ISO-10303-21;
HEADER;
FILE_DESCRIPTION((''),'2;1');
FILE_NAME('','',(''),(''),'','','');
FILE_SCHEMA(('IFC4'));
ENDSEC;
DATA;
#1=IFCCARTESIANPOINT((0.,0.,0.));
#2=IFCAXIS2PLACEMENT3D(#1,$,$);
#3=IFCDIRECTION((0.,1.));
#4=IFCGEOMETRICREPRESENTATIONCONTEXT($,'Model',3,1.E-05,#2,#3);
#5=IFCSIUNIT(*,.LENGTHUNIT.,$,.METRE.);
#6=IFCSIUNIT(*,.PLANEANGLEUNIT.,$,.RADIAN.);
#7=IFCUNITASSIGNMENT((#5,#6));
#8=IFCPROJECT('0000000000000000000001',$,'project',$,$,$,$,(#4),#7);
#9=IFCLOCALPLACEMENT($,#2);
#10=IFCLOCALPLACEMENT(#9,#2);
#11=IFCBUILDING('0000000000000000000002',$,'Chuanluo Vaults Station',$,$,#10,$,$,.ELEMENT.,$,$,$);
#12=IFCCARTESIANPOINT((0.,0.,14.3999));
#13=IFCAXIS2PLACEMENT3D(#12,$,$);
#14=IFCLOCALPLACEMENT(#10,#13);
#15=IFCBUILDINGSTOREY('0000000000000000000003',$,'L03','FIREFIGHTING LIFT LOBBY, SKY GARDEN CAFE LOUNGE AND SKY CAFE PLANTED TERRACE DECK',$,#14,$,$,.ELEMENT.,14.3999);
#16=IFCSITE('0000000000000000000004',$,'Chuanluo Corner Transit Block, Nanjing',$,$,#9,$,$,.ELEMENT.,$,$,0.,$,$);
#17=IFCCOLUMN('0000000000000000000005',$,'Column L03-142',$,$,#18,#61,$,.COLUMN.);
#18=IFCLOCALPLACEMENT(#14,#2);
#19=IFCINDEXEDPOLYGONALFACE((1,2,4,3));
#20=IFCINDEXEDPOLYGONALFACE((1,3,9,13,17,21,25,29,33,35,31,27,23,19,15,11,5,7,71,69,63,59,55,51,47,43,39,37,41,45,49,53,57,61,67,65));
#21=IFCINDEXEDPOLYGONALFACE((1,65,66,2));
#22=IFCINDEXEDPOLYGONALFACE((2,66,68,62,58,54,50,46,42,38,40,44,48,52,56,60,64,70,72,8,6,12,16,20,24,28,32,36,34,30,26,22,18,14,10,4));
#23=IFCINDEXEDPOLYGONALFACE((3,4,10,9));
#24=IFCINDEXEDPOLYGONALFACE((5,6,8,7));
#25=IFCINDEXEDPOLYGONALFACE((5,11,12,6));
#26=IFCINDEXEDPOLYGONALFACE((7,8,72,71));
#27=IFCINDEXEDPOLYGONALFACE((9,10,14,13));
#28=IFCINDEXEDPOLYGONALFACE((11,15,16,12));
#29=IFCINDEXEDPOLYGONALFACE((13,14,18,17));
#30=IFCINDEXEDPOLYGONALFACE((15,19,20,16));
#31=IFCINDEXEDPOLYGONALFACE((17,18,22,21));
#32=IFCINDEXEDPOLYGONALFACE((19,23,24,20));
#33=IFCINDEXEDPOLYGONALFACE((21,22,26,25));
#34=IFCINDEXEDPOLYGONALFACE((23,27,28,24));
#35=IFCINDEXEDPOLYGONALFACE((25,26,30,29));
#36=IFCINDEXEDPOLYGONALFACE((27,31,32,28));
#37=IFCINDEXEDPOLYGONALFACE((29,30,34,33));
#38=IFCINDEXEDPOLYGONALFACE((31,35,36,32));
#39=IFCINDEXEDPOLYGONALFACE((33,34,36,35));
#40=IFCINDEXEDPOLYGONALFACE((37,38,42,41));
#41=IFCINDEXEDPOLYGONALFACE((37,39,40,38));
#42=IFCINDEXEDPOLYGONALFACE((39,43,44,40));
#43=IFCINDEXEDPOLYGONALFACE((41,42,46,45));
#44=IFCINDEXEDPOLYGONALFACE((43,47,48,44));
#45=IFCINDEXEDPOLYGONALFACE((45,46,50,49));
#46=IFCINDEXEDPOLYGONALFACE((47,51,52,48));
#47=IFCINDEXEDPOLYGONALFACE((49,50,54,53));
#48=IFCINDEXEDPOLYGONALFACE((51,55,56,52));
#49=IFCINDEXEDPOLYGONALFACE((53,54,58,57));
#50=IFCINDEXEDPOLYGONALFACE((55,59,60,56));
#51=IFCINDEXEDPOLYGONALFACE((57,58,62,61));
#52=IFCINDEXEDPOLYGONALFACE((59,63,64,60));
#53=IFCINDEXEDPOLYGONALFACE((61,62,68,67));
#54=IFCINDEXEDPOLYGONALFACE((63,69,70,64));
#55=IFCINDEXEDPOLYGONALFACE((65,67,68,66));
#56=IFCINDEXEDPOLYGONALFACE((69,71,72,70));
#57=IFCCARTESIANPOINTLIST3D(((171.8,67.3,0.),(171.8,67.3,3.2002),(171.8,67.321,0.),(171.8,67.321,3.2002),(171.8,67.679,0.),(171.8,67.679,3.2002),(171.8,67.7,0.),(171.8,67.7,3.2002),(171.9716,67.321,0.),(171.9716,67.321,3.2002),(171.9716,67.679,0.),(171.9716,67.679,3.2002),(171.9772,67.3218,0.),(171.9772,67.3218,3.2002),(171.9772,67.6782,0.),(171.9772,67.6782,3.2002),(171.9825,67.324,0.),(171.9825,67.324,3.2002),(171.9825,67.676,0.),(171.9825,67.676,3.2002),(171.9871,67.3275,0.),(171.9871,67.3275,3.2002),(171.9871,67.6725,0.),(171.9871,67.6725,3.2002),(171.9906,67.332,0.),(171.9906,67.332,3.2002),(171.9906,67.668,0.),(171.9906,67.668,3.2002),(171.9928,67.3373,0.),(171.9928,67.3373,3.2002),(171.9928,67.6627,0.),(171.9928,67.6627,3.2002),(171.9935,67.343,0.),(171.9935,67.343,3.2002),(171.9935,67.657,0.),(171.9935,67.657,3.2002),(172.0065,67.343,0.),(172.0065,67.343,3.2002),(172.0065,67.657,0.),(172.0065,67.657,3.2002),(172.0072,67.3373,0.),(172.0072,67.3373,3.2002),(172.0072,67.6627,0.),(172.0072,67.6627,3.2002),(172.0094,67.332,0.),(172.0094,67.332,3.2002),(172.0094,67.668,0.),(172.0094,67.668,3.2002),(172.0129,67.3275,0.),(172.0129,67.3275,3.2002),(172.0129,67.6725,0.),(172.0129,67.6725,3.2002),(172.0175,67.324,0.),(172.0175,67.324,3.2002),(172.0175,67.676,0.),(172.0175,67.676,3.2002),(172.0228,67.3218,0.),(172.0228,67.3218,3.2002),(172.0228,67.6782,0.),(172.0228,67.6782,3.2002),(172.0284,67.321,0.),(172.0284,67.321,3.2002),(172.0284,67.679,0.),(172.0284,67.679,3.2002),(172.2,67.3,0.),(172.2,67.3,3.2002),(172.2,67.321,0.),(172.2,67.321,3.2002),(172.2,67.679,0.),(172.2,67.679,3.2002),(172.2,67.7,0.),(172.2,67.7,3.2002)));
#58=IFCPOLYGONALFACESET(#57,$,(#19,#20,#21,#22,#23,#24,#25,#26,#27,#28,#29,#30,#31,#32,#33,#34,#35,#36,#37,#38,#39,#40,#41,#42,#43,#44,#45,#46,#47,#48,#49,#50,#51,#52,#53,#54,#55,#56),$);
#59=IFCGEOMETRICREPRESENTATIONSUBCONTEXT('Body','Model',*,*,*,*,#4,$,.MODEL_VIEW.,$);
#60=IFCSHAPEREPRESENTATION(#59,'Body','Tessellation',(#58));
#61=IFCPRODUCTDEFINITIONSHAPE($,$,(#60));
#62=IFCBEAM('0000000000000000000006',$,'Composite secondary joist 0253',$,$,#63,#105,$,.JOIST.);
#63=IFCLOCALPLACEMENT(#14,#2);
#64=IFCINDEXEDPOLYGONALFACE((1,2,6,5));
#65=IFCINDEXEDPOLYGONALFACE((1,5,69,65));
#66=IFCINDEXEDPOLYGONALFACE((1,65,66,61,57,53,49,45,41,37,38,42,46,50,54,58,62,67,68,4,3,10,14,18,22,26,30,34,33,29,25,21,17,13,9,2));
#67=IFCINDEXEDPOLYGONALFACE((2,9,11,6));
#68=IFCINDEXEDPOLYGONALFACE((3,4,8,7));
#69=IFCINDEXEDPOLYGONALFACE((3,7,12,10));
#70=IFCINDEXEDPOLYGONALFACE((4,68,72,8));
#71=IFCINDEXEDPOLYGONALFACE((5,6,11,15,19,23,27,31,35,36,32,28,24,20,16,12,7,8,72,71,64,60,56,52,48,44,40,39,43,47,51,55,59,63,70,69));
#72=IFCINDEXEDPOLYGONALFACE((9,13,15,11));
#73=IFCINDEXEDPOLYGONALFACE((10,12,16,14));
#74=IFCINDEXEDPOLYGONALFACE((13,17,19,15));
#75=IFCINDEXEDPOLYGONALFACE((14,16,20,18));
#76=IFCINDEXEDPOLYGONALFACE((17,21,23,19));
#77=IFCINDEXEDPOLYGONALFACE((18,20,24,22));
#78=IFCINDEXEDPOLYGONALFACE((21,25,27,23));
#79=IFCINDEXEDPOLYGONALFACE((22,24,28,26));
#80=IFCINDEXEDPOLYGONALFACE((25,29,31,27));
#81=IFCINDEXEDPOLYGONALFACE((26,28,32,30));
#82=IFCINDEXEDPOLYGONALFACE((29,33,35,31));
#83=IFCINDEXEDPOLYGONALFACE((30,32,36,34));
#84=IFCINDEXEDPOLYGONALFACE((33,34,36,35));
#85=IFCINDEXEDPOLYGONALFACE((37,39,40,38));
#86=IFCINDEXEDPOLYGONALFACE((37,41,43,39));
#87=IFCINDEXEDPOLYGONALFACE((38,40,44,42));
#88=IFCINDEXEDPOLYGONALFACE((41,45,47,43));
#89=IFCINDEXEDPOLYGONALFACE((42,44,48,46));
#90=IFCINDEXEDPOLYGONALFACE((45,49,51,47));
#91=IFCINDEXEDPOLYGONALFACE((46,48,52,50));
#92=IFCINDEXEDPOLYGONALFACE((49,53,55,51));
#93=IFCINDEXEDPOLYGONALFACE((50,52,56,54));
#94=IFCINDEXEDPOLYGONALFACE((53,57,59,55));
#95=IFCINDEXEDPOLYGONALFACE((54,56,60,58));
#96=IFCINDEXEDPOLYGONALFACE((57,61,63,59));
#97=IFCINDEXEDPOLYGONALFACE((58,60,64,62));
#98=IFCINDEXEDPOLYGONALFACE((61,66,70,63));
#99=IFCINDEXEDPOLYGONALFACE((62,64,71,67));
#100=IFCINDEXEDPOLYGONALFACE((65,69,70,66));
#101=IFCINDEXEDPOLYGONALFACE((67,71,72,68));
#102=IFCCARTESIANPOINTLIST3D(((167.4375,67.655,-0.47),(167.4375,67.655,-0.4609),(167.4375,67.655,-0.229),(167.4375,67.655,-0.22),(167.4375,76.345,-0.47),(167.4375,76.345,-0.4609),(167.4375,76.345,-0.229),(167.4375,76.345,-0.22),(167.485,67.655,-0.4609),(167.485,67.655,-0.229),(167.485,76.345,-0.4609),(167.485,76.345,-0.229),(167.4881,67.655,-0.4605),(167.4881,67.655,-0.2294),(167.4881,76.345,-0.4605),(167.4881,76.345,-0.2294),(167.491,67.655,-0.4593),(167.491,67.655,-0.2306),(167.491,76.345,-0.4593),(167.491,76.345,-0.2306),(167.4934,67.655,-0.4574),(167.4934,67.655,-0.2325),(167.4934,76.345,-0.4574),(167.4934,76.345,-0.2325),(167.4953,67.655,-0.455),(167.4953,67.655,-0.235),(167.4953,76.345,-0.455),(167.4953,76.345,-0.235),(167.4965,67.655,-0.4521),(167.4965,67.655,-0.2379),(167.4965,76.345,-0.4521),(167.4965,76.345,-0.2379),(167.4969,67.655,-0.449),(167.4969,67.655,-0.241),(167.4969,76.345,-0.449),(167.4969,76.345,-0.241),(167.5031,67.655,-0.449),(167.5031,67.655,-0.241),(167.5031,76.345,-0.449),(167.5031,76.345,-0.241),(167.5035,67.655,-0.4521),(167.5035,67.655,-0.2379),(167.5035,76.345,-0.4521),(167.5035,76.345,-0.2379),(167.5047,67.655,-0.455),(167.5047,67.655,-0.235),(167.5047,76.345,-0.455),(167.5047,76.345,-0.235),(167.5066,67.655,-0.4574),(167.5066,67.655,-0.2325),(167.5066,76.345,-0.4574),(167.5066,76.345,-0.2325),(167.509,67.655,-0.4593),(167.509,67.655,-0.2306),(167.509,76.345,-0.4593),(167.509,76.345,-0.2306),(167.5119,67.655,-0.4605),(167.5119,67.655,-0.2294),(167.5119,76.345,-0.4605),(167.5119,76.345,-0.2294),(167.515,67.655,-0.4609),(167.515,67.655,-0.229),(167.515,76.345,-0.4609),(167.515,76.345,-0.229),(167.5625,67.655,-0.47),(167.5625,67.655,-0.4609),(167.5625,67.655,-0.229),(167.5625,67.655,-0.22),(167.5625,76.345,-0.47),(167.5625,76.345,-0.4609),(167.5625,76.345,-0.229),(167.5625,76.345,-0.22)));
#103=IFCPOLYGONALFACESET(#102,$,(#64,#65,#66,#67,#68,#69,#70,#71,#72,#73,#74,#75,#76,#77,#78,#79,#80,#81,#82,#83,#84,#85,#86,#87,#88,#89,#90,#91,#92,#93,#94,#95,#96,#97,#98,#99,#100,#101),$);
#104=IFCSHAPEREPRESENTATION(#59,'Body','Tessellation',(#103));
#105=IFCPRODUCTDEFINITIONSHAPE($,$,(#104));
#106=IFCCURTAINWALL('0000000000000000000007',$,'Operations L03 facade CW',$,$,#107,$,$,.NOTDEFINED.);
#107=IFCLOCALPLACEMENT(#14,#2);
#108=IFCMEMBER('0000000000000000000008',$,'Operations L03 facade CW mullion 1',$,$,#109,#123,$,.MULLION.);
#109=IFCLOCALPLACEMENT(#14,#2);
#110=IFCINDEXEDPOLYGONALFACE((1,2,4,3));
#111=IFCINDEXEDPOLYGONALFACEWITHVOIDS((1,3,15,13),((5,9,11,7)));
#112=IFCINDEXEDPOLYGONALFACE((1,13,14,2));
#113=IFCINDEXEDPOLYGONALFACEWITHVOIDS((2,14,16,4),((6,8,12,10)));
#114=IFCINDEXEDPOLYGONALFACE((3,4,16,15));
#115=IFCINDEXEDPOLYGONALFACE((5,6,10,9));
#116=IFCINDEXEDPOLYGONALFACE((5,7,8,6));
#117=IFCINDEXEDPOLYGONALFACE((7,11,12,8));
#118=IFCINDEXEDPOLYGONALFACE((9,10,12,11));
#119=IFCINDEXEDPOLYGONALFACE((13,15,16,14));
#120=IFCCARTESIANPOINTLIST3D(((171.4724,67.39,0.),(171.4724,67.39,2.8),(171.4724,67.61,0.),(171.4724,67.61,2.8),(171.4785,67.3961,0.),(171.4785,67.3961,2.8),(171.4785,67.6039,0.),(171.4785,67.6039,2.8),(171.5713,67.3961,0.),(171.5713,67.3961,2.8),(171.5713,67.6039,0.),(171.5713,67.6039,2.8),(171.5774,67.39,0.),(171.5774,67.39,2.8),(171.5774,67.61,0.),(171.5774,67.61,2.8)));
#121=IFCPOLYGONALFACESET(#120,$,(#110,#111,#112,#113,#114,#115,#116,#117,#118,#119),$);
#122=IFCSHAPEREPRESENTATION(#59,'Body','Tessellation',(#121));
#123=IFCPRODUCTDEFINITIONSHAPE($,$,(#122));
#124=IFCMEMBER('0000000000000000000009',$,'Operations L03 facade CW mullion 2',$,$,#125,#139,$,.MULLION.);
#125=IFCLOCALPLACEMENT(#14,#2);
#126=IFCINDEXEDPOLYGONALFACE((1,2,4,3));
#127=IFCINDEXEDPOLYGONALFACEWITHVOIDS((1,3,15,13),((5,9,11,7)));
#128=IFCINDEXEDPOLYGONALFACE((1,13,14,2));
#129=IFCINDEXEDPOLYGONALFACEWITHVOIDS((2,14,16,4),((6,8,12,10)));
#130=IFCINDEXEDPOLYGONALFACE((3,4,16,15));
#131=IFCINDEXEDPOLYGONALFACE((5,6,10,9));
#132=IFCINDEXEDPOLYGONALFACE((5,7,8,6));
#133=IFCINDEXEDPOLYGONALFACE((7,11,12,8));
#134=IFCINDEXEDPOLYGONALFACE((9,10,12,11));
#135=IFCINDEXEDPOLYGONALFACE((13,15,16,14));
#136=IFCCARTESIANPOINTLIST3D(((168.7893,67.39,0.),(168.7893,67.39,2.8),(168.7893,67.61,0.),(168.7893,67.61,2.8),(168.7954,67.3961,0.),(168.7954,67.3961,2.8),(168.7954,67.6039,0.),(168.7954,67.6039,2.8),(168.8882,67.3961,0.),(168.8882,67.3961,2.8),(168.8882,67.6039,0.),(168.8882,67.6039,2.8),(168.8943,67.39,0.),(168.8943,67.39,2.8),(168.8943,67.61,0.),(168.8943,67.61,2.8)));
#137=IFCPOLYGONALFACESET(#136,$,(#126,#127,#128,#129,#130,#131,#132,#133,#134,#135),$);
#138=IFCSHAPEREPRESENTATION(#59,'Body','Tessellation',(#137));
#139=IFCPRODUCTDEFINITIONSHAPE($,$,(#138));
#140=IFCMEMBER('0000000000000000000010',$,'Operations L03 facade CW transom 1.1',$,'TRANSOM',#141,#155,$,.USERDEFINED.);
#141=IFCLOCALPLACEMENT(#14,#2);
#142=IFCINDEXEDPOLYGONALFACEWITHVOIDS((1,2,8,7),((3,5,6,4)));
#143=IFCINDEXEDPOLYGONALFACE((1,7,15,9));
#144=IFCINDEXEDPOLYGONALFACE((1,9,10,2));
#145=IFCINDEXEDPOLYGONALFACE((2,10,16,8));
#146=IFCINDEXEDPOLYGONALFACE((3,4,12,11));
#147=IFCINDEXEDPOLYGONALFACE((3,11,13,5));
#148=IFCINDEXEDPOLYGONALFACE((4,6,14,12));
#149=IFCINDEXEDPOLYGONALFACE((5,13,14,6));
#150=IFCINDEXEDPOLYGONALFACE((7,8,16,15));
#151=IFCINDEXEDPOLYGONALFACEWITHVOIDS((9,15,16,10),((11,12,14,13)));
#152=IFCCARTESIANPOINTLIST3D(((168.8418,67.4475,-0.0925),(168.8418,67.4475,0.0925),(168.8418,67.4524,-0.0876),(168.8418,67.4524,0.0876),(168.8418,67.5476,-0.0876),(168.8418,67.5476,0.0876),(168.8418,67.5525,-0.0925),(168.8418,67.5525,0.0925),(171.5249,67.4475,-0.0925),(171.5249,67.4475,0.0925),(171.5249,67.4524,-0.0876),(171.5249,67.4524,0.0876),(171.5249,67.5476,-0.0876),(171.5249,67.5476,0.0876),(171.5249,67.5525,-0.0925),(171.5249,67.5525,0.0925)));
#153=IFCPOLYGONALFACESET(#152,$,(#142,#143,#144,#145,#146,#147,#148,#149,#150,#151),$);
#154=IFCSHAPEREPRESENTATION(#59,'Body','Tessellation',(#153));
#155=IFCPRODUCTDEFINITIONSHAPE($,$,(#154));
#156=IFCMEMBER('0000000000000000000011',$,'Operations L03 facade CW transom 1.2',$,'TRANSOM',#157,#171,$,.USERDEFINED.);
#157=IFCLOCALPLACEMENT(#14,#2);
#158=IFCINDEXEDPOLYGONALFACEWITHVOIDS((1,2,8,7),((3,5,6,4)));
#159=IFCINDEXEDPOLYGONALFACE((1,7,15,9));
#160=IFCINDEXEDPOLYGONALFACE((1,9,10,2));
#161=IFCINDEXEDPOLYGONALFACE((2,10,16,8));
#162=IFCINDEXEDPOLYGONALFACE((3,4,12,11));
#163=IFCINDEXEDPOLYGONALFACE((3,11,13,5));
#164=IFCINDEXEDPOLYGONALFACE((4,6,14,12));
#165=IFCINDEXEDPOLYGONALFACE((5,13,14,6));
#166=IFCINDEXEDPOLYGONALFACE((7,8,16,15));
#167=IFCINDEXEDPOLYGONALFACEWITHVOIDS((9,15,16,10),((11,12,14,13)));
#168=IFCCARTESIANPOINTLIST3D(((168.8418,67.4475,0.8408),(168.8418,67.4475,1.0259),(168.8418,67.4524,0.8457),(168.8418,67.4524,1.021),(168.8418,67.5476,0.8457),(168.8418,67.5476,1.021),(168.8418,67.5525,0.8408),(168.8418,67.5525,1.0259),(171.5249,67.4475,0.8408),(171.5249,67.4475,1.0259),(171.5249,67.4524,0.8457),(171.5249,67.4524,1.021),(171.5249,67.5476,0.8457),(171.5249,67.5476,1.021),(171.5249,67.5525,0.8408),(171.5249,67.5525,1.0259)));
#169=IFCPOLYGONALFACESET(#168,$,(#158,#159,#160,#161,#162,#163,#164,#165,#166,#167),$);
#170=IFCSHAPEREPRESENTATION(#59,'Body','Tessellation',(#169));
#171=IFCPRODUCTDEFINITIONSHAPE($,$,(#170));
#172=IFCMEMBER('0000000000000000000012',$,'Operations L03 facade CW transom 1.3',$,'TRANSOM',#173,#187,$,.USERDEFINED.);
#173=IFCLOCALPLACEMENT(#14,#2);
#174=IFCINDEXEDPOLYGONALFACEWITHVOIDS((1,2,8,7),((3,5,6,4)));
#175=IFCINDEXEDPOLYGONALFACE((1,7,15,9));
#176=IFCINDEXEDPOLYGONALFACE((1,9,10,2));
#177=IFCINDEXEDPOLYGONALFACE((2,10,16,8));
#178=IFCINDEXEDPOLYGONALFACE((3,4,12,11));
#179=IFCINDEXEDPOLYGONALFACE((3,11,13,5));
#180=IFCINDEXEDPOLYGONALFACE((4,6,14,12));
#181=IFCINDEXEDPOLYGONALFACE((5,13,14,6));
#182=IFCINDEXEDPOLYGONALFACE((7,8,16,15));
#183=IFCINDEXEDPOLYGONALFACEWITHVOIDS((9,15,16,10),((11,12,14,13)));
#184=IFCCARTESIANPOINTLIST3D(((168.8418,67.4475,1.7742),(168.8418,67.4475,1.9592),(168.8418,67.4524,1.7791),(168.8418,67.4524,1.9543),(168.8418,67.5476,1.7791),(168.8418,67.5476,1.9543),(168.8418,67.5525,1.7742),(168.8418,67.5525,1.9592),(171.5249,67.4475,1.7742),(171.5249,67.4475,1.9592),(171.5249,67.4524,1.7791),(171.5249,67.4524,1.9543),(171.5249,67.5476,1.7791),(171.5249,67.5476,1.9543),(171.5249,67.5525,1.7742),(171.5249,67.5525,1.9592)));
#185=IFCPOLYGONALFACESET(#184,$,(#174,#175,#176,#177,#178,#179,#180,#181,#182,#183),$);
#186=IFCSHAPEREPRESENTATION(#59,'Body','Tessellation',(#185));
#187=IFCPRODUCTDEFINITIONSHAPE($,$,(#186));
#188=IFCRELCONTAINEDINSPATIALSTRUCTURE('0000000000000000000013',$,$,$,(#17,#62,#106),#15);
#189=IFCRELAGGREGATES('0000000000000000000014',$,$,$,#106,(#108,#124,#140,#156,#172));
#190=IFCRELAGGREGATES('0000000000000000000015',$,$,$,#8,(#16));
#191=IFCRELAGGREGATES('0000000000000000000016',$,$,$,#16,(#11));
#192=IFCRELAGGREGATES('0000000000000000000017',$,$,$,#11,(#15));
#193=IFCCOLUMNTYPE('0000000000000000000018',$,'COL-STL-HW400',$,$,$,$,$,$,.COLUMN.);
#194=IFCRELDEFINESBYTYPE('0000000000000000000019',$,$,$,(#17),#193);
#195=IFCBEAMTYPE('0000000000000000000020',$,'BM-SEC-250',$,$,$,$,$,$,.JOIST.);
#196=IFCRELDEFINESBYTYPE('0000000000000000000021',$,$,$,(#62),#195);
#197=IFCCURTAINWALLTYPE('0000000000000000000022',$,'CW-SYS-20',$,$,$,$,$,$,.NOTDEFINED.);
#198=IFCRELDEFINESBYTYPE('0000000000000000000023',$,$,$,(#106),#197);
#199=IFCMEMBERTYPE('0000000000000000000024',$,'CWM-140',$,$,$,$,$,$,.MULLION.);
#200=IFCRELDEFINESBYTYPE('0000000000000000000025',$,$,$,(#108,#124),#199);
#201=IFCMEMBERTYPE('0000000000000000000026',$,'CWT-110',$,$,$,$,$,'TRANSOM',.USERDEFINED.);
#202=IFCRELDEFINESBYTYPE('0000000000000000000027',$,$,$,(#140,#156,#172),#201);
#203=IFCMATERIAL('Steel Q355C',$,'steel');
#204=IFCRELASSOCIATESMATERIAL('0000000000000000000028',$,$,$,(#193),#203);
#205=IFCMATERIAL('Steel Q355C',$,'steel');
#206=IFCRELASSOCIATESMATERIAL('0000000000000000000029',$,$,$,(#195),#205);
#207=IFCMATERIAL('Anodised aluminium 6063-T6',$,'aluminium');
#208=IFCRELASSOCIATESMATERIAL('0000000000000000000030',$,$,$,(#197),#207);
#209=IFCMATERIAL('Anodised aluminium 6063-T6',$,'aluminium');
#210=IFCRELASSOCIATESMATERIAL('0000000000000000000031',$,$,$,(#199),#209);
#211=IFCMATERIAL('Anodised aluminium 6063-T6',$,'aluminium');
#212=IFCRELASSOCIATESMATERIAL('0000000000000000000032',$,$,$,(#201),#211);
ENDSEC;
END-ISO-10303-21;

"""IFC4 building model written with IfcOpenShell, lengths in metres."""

from ifc_helpers import new_model, si_unit, direction, frame, origin, origin_2d, place, context, subcontext, project, spatial, hollow_rectangle, i_section, extrude, material, material_profile, profile_set, type_object, element, aggregate, save


model = new_model("IFC4")

# Units and contexts
model_context = context("Model", 3, precision=1e-05, world=origin(), true_north=direction((0.0, 1.0)))
body_context = subcontext(model_context, "Body", "Model", "MODEL_VIEW")
ifc_project = project(units=[si_unit("LENGTHUNIT", "METRE"), si_unit("PLANEANGLEUNIT", "RADIAN")], contexts=[model_context])

# Site, building, storey
site_placement = place(None, origin())
site = spatial("IfcSite", under=ifc_project, at=site_placement, Name="Chuanluo Corner Transit Block, Nanjing", CompositionType="ELEMENT", RefElevation=0.0)
building_placement = place(site_placement, origin())
building = spatial("IfcBuilding", under=site, at=building_placement, Name="Chuanluo Vaults Station", CompositionType="ELEMENT")
storey_placement = place(building_placement, frame((0.0, 0.0, 14.3999)))
storey = spatial("IfcBuildingStorey", under=building, at=storey_placement, Name="L03", Description="FIREFIGHTING LIFT LOBBY, SKY GARDEN CAFE LOUNGE AND SKY CAFE PLANTED TERRACE DECK", CompositionType="ELEMENT", Elevation=14.3999)

# Column
ifc_material_1 = material(Name="Steel Q355C", Category="steel")
ifc_material_profile_1 = material_profile(ifc_material_1, i_section(OverallWidth=0.3999, OverallDepth=0.3999, WebThickness=0.0129, FlangeThickness=0.021, FilletRadius=0.022, at=origin_2d()))
ifc_profile_set_1 = profile_set([ifc_material_profile_1], Name="Steel Q355C")
column_type = type_object("IfcColumnType", Name="COL-STL-HW400", PredefinedType="COLUMN", material=ifc_profile_set_1)
column_placement = place(storey_placement, frame((172.0, 67.5, 0.0), z_axis=(0.0, 0.0, 1.0), x_axis=(1.0, 0.0, 0.0)))
element("IfcColumn", 1, at=column_placement, inside=storey, type_object=column_type, Name="Column L03-142", PredefinedType="COLUMN", context=body_context, shape_type="SweptSolid", body=[
    extrude(i_section(OverallWidth=0.3999, OverallDepth=0.3999, WebThickness=0.0129, FlangeThickness=0.021, FilletRadius=0.022, at=origin_2d()), origin(), (0.0, 0.0, 1.0), 3.2002),
])

# Beam
ifc_material_2 = material(Name="Steel Q355C", Category="steel")
ifc_material_profile_2 = material_profile(ifc_material_2, i_section(OverallWidth=0.125, OverallDepth=0.25, WebThickness=0.0061, FlangeThickness=0.009, FilletRadius=0.012, at=origin_2d()))
ifc_profile_set_2 = profile_set([ifc_material_profile_2], Name="Steel Q355C")
beam_type = type_object("IfcBeamType", Name="BM-SEC-250", PredefinedType="JOIST", material=ifc_profile_set_2)
beam_placement = place(storey_placement, frame((167.5, 67.655, -0.345), z_axis=(0.0, 1.0, 0.0), x_axis=(-1.0, 0.0, 0.0)))
element("IfcBeam", 2, at=beam_placement, inside=storey, type_object=beam_type, Name="Composite secondary joist 0253", PredefinedType="JOIST", context=body_context, shape_type="SweptSolid", body=[
    extrude(i_section(OverallWidth=0.125, OverallDepth=0.25, WebThickness=0.0061, FlangeThickness=0.009, FilletRadius=0.012, at=origin_2d()), origin(), (0.0, 0.0, 1.0), 8.6899),
])

# Curtain wall, members
ifc_material_3 = material(Name="Anodised aluminium 6063-T6", Category="aluminium")
curtain_wall_type = type_object("IfcCurtainWallType", Name="CW-SYS-20", PredefinedType="NOTDEFINED", material=ifc_material_3)
curtain_wall_placement = place(storey_placement, origin())
curtain_wall = element("IfcCurtainWall", 3, at=curtain_wall_placement, inside=storey, type_object=curtain_wall_type, Name="Operations L03 facade CW", PredefinedType="NOTDEFINED")
ifc_material_4 = material(Name="Anodised aluminium 6063-T6", Category="aluminium")
ifc_material_profile_3 = material_profile(ifc_material_4, hollow_rectangle(XDim=0.105, YDim=0.22, WallThickness=0.0061, at=origin_2d()))
ifc_profile_set_3 = profile_set([ifc_material_profile_3], Name="Anodised aluminium 6063-T6")
member_type_1 = type_object("IfcMemberType", Name="CWM-140", PredefinedType="MULLION", material=ifc_profile_set_3)
member_1_placement = place(storey_placement, frame((171.5249, 67.5, 0.0), z_axis=(0.0, 0.0, 1.0), x_axis=(-1.0, 0.0, 0.0)))
member_1 = element("IfcMember", 4, at=member_1_placement, type_object=member_type_1, Name="Operations L03 facade CW mullion 1", PredefinedType="MULLION", context=body_context, shape_type="SweptSolid", body=[
    extrude(hollow_rectangle(XDim=0.105, YDim=0.22, WallThickness=0.0061, at=origin_2d()), origin(), (0.0, 0.0, 1.0), 2.8),
])
member_2_placement = place(storey_placement, frame((168.8418, 67.5, 0.0), z_axis=(0.0, 0.0, 1.0), x_axis=(-1.0, 0.0, 0.0)))
member_2 = element("IfcMember", 5, at=member_2_placement, type_object=member_type_1, Name="Operations L03 facade CW mullion 2", PredefinedType="MULLION", context=body_context, shape_type="SweptSolid", body=[
    extrude(hollow_rectangle(XDim=0.105, YDim=0.22, WallThickness=0.0061, at=origin_2d()), origin(), (0.0, 0.0, 1.0), 2.8),
])
ifc_material_5 = material(Name="Anodised aluminium 6063-T6", Category="aluminium")
ifc_material_profile_4 = material_profile(ifc_material_5, hollow_rectangle(XDim=0.105, YDim=0.1851, WallThickness=0.0049, at=origin_2d()))
ifc_profile_set_4 = profile_set([ifc_material_profile_4], Name="Anodised aluminium 6063-T6")
member_type_2 = type_object("IfcMemberType", Name="CWT-110", ElementType="TRANSOM", PredefinedType="USERDEFINED", material=ifc_profile_set_4)
member_3_placement = place(storey_placement, frame((171.5249, 67.5, 0.0), z_axis=(-1.0, 0.0, 0.0), x_axis=(0.0, -1.0, 0.0)))
member_3 = element("IfcMember", 6, at=member_3_placement, type_object=member_type_2, Name="Operations L03 facade CW transom 1.1", ObjectType="TRANSOM", PredefinedType="USERDEFINED", context=body_context, shape_type="SweptSolid", body=[
    extrude(hollow_rectangle(XDim=0.105, YDim=0.1851, WallThickness=0.0049, at=origin_2d()), origin(), (0.0, 0.0, 1.0), 2.6831),
])
member_4_placement = place(storey_placement, frame((171.5249, 67.5, 0.9333), z_axis=(-1.0, 0.0, 0.0), x_axis=(0.0, -1.0, 0.0)))
member_4 = element("IfcMember", 7, at=member_4_placement, type_object=member_type_2, Name="Operations L03 facade CW transom 1.2", ObjectType="TRANSOM", PredefinedType="USERDEFINED", context=body_context, shape_type="SweptSolid", body=[
    extrude(hollow_rectangle(XDim=0.105, YDim=0.1851, WallThickness=0.0049, at=origin_2d()), origin(), (0.0, 0.0, 1.0), 2.6831),
])
member_5_placement = place(storey_placement, frame((171.5249, 67.5, 1.8667), z_axis=(-1.0, 0.0, 0.0), x_axis=(0.0, -1.0, 0.0)))
member_5 = element("IfcMember", 8, at=member_5_placement, type_object=member_type_2, Name="Operations L03 facade CW transom 1.3", ObjectType="TRANSOM", PredefinedType="USERDEFINED", context=body_context, shape_type="SweptSolid", body=[
    extrude(hollow_rectangle(XDim=0.105, YDim=0.1851, WallThickness=0.0049, at=origin_2d()), origin(), (0.0, 0.0, 1.0), 2.6831),
])
aggregate(curtain_wall, [member_1, member_2, member_3, member_4, member_5])

save(model, "model.ifc")
